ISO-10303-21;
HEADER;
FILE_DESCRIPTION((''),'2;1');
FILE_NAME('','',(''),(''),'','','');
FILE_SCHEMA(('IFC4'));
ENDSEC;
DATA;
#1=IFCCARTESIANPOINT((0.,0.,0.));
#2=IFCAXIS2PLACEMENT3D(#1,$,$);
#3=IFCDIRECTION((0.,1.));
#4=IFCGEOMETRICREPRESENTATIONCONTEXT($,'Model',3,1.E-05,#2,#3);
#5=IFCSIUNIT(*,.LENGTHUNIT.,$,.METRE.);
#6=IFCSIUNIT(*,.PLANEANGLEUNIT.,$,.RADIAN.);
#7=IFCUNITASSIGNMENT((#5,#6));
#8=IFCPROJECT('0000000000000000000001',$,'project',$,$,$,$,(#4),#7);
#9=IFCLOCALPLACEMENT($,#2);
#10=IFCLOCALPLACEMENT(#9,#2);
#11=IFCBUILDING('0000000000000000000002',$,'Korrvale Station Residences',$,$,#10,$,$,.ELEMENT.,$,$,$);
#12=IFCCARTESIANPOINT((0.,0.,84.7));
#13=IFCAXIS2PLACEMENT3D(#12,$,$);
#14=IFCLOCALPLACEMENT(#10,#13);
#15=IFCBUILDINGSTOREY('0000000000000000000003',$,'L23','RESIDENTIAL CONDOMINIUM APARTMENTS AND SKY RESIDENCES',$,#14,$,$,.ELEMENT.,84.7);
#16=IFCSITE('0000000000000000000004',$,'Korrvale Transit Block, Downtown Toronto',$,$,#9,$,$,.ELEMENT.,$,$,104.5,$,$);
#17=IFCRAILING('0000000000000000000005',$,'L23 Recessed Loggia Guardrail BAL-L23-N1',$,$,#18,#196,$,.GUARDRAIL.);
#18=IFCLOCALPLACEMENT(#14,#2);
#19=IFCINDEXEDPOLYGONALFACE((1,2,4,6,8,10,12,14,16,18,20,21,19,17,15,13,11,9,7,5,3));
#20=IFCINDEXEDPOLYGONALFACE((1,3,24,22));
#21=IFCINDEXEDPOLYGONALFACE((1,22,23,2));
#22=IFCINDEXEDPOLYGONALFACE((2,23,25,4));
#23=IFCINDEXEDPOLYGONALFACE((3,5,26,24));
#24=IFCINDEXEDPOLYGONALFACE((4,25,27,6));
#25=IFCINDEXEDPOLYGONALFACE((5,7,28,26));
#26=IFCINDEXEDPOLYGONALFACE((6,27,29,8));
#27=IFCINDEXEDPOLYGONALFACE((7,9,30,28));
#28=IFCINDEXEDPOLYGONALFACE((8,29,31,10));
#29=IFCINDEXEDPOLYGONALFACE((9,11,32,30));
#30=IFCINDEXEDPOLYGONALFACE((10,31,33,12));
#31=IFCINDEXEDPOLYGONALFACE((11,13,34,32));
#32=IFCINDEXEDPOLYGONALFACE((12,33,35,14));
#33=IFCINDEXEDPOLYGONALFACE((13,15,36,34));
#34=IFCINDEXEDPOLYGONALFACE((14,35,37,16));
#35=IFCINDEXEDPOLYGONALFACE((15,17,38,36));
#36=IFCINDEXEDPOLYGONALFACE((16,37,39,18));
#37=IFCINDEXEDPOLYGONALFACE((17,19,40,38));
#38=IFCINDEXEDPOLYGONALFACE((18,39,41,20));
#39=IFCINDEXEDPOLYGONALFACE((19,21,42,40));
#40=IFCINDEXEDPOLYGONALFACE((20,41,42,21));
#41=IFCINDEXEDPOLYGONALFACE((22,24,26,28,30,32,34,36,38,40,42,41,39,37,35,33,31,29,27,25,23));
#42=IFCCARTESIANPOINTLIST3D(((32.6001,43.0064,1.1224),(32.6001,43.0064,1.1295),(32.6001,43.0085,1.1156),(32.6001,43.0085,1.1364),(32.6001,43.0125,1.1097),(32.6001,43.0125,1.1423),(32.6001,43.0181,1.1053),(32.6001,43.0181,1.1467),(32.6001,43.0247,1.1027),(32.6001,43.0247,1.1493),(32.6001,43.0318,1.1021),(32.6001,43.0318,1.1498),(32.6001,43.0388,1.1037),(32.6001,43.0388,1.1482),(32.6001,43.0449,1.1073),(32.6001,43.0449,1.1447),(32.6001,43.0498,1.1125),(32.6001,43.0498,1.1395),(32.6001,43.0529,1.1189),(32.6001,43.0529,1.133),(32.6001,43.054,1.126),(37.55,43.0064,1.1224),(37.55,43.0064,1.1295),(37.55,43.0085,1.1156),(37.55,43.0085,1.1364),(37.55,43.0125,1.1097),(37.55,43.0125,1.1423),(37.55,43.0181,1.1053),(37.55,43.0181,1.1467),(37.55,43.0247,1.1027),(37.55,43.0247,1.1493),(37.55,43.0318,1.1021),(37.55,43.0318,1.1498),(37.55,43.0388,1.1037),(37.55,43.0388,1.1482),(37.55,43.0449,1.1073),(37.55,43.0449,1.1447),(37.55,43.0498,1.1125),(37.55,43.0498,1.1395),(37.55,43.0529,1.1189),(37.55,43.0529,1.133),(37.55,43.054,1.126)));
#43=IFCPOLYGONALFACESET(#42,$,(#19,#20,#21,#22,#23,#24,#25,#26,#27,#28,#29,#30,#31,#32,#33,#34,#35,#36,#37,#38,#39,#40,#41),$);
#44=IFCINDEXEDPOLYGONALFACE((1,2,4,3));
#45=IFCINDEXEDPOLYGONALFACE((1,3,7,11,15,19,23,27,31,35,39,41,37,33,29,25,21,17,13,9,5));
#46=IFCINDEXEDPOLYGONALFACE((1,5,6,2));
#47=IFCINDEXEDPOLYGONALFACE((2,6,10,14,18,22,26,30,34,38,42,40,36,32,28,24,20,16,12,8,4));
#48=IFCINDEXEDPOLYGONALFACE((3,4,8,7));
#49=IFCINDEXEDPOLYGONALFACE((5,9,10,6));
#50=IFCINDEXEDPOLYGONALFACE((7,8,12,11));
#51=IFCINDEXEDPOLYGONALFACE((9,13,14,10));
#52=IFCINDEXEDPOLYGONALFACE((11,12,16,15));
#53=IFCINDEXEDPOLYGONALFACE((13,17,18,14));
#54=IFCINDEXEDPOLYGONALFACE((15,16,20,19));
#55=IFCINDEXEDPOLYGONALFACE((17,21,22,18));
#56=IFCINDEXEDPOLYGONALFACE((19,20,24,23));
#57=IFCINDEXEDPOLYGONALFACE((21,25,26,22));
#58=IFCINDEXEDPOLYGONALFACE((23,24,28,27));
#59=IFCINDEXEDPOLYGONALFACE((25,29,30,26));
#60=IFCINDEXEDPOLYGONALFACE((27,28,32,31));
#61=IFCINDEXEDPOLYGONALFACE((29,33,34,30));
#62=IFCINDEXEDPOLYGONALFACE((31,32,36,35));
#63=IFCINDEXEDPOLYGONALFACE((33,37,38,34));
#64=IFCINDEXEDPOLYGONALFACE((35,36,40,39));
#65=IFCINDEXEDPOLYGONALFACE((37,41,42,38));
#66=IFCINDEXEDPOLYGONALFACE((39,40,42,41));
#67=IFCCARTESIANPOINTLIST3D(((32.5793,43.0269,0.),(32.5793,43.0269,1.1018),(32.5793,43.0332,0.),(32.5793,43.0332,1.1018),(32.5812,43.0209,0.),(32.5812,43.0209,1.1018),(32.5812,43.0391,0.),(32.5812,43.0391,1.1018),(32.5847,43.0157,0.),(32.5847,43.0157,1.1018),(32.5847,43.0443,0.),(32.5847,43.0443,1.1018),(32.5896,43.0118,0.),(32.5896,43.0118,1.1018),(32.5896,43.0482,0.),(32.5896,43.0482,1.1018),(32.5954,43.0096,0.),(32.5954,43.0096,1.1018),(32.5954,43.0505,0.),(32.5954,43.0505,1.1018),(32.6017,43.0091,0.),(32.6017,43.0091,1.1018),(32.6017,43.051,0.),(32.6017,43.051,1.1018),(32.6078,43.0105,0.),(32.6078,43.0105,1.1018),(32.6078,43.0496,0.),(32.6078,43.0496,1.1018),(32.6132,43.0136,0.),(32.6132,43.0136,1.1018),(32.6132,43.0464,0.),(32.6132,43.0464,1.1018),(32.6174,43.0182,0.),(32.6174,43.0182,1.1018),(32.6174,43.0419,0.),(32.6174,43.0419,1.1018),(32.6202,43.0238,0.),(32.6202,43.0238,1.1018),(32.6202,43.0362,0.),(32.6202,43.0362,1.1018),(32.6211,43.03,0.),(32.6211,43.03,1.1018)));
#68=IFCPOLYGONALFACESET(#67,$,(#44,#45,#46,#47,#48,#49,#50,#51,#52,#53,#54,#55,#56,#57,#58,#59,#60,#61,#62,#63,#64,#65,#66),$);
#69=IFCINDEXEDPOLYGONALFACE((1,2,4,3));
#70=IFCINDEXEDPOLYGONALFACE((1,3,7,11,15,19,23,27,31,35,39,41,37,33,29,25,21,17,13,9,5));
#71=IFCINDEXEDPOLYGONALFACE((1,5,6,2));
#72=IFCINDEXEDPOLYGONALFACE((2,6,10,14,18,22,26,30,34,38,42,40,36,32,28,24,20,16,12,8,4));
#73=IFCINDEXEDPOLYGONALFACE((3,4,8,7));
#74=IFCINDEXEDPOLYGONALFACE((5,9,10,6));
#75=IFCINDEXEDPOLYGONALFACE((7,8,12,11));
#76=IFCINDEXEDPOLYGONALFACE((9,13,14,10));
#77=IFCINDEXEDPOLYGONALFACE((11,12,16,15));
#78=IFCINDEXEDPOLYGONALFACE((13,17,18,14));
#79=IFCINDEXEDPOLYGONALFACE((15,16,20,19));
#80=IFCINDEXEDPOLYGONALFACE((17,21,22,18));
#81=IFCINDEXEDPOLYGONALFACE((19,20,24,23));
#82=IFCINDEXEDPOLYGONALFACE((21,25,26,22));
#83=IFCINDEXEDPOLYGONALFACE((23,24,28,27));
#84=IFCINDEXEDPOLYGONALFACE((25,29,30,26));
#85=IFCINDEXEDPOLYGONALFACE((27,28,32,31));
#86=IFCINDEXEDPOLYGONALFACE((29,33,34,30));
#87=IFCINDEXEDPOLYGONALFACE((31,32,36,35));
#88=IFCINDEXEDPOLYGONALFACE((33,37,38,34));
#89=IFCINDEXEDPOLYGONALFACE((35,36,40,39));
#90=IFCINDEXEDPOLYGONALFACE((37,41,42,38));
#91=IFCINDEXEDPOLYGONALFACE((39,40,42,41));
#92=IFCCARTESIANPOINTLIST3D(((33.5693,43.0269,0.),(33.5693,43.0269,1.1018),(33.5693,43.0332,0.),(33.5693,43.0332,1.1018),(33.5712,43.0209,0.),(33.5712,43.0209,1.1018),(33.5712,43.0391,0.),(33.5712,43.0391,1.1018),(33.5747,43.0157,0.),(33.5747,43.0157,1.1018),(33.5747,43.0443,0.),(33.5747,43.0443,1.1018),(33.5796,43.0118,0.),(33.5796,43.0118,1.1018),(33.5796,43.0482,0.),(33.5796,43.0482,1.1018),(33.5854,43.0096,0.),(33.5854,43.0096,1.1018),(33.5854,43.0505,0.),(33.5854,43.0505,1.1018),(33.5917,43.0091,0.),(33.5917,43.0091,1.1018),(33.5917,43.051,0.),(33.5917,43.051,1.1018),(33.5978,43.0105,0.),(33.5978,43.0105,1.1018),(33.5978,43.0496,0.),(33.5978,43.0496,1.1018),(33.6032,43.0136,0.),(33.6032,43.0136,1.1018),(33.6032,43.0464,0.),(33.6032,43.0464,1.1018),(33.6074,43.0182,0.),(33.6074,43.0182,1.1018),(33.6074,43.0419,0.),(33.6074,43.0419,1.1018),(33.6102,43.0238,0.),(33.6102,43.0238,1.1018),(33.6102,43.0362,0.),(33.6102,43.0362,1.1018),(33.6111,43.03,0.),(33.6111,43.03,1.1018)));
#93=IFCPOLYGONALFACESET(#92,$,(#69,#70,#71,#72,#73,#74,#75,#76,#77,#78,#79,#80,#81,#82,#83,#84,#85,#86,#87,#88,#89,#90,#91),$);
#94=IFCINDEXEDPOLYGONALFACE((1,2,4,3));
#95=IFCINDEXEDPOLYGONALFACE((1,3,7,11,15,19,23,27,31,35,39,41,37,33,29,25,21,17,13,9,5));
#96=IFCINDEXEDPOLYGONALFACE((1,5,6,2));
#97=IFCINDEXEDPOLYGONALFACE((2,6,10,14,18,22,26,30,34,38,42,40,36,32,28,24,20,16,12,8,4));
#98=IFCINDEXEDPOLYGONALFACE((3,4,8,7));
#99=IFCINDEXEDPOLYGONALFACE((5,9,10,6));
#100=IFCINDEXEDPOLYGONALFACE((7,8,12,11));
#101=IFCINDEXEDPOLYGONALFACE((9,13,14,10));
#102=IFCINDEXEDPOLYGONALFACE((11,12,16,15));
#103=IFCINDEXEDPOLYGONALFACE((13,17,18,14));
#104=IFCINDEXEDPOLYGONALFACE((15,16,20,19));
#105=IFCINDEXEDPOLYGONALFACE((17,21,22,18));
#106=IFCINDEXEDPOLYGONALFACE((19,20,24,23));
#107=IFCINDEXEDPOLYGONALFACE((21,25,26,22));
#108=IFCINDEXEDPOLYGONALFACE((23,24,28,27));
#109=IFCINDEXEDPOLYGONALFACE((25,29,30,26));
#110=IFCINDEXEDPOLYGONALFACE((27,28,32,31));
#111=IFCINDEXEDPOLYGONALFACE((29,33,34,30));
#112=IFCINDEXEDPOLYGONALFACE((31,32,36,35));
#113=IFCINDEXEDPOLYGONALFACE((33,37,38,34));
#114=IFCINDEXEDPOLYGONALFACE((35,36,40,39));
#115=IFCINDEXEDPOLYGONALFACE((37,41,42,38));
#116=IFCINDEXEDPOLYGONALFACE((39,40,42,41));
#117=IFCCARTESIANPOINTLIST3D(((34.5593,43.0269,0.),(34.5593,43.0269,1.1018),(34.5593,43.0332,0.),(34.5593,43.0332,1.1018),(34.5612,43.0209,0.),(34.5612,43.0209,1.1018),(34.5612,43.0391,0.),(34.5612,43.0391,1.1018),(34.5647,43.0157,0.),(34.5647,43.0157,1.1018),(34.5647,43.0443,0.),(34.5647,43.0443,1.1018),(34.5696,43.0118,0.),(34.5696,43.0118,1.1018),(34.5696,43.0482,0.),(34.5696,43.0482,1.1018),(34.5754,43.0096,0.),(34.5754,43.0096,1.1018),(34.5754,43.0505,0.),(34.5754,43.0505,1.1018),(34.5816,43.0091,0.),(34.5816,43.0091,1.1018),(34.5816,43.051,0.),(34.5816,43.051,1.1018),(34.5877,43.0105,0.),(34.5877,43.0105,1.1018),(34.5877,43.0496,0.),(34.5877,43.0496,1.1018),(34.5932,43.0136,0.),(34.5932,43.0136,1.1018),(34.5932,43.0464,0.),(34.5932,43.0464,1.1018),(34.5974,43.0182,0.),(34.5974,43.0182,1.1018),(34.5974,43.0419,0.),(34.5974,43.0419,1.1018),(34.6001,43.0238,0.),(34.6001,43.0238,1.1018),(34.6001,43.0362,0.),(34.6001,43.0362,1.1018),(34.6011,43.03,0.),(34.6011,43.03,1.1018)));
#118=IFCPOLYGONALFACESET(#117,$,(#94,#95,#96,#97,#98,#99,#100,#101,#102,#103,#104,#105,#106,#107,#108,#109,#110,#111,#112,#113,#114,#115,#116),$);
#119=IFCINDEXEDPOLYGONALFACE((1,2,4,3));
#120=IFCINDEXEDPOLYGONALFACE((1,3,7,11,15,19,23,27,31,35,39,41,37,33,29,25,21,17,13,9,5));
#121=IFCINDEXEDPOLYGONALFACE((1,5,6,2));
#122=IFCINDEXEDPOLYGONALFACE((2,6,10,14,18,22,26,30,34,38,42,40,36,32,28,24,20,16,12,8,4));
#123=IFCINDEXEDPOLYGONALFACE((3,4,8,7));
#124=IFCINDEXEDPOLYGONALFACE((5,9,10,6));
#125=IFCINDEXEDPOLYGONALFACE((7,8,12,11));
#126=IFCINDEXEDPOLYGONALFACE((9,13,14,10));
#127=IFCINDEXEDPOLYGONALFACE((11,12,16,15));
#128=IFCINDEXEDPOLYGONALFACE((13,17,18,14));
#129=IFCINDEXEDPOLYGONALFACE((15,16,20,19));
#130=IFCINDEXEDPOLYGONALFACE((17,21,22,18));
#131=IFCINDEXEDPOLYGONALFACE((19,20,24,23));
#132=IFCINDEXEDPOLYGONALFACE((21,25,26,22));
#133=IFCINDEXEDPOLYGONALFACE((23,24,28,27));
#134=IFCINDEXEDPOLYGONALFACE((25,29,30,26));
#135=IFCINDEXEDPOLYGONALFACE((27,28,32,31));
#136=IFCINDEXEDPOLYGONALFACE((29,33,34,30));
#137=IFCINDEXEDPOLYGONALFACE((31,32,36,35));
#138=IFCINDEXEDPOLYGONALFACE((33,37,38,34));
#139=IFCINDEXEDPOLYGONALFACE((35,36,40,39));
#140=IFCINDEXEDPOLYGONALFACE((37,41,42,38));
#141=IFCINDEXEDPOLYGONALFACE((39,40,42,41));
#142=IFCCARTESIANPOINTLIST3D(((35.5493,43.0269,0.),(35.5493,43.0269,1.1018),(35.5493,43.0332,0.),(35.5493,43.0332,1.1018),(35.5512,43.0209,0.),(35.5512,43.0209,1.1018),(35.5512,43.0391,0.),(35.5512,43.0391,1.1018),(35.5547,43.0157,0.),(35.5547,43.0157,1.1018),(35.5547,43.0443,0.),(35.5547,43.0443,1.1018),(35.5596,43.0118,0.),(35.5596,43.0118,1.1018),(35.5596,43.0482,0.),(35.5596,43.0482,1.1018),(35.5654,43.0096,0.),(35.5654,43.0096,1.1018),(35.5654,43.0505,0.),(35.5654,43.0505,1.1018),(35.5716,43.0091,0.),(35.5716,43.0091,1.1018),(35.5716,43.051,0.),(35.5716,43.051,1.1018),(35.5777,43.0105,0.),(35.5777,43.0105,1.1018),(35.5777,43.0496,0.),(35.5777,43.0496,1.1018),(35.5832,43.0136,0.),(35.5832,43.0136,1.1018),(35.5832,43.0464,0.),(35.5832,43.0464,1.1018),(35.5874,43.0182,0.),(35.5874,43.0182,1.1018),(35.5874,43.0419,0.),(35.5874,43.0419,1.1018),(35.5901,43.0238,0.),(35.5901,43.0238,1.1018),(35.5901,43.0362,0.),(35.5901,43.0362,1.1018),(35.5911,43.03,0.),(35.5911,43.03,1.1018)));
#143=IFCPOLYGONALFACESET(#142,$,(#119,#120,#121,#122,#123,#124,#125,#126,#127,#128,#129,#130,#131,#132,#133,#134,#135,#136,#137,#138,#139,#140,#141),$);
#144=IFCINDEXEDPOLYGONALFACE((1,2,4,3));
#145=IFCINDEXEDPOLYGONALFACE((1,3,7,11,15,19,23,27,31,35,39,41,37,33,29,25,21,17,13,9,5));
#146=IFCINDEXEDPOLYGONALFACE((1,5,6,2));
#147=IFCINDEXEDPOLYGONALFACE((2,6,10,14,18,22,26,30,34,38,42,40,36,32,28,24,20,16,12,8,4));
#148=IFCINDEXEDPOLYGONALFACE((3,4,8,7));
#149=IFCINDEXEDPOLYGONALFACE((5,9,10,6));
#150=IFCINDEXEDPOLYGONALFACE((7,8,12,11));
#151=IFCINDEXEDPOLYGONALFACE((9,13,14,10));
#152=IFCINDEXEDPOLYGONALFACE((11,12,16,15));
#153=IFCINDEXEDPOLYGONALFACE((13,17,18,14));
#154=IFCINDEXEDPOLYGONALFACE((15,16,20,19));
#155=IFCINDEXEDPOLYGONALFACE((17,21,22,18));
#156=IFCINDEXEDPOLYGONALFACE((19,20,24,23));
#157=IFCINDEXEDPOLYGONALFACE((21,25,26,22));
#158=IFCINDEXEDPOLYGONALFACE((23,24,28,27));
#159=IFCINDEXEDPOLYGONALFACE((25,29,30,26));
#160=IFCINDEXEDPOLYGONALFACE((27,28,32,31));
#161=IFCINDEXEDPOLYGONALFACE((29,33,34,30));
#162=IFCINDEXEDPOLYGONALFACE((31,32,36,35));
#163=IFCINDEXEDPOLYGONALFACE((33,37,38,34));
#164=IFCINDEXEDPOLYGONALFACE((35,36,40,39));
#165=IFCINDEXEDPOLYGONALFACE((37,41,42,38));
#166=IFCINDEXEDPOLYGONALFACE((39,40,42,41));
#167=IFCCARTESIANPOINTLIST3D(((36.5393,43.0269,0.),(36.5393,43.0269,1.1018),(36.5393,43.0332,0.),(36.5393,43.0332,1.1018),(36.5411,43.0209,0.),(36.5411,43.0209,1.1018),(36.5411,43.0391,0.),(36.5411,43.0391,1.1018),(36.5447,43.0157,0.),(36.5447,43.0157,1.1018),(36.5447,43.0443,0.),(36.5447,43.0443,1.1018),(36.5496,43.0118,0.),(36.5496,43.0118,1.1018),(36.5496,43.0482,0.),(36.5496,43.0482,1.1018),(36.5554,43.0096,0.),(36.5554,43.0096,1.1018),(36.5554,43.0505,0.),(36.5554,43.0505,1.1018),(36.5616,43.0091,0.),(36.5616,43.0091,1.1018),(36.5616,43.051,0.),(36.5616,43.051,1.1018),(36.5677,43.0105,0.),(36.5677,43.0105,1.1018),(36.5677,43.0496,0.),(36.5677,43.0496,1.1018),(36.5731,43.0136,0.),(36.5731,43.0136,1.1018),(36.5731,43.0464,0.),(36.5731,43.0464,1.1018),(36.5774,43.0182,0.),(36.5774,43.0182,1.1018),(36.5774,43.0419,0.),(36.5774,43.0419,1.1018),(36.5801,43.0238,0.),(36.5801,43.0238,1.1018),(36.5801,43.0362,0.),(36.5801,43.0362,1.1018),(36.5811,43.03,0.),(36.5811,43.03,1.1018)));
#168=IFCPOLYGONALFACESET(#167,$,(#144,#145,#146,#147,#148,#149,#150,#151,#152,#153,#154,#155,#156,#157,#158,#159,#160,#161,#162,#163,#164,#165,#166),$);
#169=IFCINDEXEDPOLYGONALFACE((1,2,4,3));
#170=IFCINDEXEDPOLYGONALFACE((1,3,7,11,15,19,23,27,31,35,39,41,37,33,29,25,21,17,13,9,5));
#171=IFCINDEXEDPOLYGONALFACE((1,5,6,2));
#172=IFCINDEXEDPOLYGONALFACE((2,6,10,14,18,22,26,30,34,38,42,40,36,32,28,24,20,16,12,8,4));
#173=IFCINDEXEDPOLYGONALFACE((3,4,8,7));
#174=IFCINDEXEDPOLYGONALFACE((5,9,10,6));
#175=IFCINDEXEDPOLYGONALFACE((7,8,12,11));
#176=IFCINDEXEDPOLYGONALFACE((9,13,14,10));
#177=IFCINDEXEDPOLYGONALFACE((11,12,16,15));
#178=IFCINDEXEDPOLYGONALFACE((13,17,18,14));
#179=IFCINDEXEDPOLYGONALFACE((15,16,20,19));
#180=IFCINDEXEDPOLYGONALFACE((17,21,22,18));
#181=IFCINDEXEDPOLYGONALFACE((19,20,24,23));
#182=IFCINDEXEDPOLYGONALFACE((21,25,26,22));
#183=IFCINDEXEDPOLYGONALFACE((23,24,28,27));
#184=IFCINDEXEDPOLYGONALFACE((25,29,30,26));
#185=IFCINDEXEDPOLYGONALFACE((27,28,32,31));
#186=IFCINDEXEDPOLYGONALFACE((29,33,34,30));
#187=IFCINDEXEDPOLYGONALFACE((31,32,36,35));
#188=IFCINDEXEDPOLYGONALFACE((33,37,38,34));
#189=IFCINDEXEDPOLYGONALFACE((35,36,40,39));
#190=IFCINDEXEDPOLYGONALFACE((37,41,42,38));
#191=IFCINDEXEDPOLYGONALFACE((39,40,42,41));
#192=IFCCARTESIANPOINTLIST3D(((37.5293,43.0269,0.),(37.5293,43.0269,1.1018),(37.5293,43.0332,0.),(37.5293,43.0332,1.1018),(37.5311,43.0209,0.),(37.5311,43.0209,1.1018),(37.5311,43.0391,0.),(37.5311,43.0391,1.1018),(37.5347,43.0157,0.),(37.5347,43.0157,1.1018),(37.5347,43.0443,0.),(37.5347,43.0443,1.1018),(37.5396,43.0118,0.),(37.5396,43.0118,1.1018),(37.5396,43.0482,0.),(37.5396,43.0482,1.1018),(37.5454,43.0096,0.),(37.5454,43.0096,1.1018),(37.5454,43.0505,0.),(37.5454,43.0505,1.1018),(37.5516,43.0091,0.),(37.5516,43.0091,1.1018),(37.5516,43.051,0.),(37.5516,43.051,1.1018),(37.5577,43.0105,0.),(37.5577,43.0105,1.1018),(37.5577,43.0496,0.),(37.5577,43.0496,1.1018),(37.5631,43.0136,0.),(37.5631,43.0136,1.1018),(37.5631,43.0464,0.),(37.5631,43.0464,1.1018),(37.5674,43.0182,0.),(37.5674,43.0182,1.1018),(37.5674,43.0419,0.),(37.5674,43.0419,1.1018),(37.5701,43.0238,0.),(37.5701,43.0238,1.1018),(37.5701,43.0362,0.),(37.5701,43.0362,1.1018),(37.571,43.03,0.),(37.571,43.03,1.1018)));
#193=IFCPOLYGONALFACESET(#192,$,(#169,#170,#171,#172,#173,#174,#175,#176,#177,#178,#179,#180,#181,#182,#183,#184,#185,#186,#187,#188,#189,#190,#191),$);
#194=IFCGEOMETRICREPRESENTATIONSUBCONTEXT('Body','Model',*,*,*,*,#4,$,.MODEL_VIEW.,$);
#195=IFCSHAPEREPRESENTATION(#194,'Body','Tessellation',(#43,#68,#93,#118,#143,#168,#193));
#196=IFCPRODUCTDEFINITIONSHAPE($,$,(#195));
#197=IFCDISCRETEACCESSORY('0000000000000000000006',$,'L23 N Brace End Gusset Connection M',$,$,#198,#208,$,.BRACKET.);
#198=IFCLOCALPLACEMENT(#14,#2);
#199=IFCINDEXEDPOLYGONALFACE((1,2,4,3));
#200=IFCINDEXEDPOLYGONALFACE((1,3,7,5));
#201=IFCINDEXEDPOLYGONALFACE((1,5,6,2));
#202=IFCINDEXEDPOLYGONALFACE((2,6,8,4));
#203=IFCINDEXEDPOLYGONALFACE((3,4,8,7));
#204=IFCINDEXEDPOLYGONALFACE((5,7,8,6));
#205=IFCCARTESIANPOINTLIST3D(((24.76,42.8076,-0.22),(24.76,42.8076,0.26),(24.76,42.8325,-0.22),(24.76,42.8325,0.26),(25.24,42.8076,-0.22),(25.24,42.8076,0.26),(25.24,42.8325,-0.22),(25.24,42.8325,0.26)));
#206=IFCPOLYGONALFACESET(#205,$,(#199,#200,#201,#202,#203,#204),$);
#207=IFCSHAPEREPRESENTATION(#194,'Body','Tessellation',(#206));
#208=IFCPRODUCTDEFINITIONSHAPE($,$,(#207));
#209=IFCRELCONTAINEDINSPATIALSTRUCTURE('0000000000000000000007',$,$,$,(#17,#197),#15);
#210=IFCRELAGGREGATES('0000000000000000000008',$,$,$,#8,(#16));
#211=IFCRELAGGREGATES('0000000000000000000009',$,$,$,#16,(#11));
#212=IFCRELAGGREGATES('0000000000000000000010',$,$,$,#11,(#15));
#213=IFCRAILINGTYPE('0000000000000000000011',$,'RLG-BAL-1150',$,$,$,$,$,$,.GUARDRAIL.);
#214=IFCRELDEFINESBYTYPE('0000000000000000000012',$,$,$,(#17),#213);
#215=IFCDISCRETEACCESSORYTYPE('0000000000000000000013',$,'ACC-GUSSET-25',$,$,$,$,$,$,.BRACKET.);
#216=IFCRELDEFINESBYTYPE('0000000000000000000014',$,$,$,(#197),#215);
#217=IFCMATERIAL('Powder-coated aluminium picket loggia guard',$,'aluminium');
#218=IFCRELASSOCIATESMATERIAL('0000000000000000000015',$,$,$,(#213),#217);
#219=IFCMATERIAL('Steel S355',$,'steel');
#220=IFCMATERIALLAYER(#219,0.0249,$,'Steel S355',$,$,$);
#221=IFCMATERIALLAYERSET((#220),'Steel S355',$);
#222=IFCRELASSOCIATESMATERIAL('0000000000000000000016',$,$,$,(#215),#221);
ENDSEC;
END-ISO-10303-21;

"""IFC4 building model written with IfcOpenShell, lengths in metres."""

from ifc_helpers import new_model, si_unit, direction, frame, origin, origin_2d, place, context, subcontext, project, spatial, rectangle, circle, extrude, material, layer, layer_set, type_object, element, save


model = new_model("IFC4")

# Units and contexts
model_context = context("Model", 3, precision=1e-05, world=origin(), true_north=direction((0.0, 1.0)))
body_context = subcontext(model_context, "Body", "Model", "MODEL_VIEW")
ifc_project = project(units=[si_unit("LENGTHUNIT", "METRE"), si_unit("PLANEANGLEUNIT", "RADIAN")], contexts=[model_context])

# Site, building, storey
site_placement = place(None, origin())
site = spatial("IfcSite", under=ifc_project, at=site_placement, Name="Korrvale Transit Block, Downtown Toronto", CompositionType="ELEMENT", RefElevation=104.5)
building_placement = place(site_placement, origin())
building = spatial("IfcBuilding", under=site, at=building_placement, Name="Korrvale Station Residences", CompositionType="ELEMENT")
storey_placement = place(building_placement, frame((0.0, 0.0, 84.7)))
storey = spatial("IfcBuildingStorey", under=building, at=storey_placement, Name="L23", Description="RESIDENTIAL CONDOMINIUM APARTMENTS AND SKY RESIDENCES", CompositionType="ELEMENT", Elevation=84.7)

# Shared definitions
ifc_material_1 = material(Name="Steel S355", Category="steel")

# Railing
ifc_material_2 = material(Name="Powder-coated aluminium picket loggia guard", Category="aluminium")
railing_type = type_object("IfcRailingType", Name="RLG-BAL-1150", PredefinedType="GUARDRAIL", material=ifc_material_2)
railing_placement = place(storey_placement, frame((32.6001, 43.03, 0.0)))
element("IfcRailing", 1, at=railing_placement, inside=storey, type_object=railing_type, Name="L23 Recessed Loggia Guardrail BAL-L23-N1", PredefinedType="GUARDRAIL", context=body_context, shape_type="SweptSolid", body=[
    extrude(circle(Radius=0.0239, at=origin_2d()), frame((0.0, 0.0, 1.126), z_axis=(1.0, 0.0, 0.0), x_axis=(0.0, 1.0, 0.0)), (0.0, 0.0, 1.0), 4.95),
    extrude(circle(Radius=0.021, at=origin_2d()), origin(), (0.0, 0.0, 1.0), 1.1018),
    extrude(circle(Radius=0.021, at=origin_2d()), frame((0.99, 0.0, 0.0)), (0.0, 0.0, 1.0), 1.1018),
    extrude(circle(Radius=0.021, at=origin_2d()), frame((1.98, 0.0, 0.0)), (0.0, 0.0, 1.0), 1.1018),
    extrude(circle(Radius=0.021, at=origin_2d()), frame((2.97, 0.0, 0.0)), (0.0, 0.0, 1.0), 1.1018),
    extrude(circle(Radius=0.021, at=origin_2d()), frame((3.96, 0.0, 0.0)), (0.0, 0.0, 1.0), 1.1018),
    extrude(circle(Radius=0.021, at=origin_2d()), frame((4.95, 0.0, 0.0)), (0.0, 0.0, 1.0), 1.1018),
])

# Discrete accessory
ifc_layer_1 = layer(ifc_material_1, 0.0249, Name="Steel S355")
ifc_layer_set_1 = layer_set([ifc_layer_1], Name="Steel S355")
discrete_accessory_type = type_object("IfcDiscreteAccessoryType", Name="ACC-GUSSET-25", PredefinedType="BRACKET", material=ifc_layer_set_1)
for number, where, z_axis, x_axis, name in (
    (2, (25.0, 42.8201, -0.22), (0.0, 0.0, 1.0), (1.0, 0.0, 0.0), "L23 N Brace End Gusset Connection M"),
):
    element("IfcDiscreteAccessory", number, at=place(storey_placement, frame(where, z_axis=z_axis, x_axis=x_axis)), inside=storey, type_object=discrete_accessory_type, Name=name, PredefinedType="BRACKET", context=body_context, shape_type="SweptSolid", body=[
        extrude(rectangle(XDim=0.48, YDim=0.0249, at=origin_2d()), origin(), (0.0, 0.0, 1.0), 0.48),
    ])

save(model, "model.ifc")
